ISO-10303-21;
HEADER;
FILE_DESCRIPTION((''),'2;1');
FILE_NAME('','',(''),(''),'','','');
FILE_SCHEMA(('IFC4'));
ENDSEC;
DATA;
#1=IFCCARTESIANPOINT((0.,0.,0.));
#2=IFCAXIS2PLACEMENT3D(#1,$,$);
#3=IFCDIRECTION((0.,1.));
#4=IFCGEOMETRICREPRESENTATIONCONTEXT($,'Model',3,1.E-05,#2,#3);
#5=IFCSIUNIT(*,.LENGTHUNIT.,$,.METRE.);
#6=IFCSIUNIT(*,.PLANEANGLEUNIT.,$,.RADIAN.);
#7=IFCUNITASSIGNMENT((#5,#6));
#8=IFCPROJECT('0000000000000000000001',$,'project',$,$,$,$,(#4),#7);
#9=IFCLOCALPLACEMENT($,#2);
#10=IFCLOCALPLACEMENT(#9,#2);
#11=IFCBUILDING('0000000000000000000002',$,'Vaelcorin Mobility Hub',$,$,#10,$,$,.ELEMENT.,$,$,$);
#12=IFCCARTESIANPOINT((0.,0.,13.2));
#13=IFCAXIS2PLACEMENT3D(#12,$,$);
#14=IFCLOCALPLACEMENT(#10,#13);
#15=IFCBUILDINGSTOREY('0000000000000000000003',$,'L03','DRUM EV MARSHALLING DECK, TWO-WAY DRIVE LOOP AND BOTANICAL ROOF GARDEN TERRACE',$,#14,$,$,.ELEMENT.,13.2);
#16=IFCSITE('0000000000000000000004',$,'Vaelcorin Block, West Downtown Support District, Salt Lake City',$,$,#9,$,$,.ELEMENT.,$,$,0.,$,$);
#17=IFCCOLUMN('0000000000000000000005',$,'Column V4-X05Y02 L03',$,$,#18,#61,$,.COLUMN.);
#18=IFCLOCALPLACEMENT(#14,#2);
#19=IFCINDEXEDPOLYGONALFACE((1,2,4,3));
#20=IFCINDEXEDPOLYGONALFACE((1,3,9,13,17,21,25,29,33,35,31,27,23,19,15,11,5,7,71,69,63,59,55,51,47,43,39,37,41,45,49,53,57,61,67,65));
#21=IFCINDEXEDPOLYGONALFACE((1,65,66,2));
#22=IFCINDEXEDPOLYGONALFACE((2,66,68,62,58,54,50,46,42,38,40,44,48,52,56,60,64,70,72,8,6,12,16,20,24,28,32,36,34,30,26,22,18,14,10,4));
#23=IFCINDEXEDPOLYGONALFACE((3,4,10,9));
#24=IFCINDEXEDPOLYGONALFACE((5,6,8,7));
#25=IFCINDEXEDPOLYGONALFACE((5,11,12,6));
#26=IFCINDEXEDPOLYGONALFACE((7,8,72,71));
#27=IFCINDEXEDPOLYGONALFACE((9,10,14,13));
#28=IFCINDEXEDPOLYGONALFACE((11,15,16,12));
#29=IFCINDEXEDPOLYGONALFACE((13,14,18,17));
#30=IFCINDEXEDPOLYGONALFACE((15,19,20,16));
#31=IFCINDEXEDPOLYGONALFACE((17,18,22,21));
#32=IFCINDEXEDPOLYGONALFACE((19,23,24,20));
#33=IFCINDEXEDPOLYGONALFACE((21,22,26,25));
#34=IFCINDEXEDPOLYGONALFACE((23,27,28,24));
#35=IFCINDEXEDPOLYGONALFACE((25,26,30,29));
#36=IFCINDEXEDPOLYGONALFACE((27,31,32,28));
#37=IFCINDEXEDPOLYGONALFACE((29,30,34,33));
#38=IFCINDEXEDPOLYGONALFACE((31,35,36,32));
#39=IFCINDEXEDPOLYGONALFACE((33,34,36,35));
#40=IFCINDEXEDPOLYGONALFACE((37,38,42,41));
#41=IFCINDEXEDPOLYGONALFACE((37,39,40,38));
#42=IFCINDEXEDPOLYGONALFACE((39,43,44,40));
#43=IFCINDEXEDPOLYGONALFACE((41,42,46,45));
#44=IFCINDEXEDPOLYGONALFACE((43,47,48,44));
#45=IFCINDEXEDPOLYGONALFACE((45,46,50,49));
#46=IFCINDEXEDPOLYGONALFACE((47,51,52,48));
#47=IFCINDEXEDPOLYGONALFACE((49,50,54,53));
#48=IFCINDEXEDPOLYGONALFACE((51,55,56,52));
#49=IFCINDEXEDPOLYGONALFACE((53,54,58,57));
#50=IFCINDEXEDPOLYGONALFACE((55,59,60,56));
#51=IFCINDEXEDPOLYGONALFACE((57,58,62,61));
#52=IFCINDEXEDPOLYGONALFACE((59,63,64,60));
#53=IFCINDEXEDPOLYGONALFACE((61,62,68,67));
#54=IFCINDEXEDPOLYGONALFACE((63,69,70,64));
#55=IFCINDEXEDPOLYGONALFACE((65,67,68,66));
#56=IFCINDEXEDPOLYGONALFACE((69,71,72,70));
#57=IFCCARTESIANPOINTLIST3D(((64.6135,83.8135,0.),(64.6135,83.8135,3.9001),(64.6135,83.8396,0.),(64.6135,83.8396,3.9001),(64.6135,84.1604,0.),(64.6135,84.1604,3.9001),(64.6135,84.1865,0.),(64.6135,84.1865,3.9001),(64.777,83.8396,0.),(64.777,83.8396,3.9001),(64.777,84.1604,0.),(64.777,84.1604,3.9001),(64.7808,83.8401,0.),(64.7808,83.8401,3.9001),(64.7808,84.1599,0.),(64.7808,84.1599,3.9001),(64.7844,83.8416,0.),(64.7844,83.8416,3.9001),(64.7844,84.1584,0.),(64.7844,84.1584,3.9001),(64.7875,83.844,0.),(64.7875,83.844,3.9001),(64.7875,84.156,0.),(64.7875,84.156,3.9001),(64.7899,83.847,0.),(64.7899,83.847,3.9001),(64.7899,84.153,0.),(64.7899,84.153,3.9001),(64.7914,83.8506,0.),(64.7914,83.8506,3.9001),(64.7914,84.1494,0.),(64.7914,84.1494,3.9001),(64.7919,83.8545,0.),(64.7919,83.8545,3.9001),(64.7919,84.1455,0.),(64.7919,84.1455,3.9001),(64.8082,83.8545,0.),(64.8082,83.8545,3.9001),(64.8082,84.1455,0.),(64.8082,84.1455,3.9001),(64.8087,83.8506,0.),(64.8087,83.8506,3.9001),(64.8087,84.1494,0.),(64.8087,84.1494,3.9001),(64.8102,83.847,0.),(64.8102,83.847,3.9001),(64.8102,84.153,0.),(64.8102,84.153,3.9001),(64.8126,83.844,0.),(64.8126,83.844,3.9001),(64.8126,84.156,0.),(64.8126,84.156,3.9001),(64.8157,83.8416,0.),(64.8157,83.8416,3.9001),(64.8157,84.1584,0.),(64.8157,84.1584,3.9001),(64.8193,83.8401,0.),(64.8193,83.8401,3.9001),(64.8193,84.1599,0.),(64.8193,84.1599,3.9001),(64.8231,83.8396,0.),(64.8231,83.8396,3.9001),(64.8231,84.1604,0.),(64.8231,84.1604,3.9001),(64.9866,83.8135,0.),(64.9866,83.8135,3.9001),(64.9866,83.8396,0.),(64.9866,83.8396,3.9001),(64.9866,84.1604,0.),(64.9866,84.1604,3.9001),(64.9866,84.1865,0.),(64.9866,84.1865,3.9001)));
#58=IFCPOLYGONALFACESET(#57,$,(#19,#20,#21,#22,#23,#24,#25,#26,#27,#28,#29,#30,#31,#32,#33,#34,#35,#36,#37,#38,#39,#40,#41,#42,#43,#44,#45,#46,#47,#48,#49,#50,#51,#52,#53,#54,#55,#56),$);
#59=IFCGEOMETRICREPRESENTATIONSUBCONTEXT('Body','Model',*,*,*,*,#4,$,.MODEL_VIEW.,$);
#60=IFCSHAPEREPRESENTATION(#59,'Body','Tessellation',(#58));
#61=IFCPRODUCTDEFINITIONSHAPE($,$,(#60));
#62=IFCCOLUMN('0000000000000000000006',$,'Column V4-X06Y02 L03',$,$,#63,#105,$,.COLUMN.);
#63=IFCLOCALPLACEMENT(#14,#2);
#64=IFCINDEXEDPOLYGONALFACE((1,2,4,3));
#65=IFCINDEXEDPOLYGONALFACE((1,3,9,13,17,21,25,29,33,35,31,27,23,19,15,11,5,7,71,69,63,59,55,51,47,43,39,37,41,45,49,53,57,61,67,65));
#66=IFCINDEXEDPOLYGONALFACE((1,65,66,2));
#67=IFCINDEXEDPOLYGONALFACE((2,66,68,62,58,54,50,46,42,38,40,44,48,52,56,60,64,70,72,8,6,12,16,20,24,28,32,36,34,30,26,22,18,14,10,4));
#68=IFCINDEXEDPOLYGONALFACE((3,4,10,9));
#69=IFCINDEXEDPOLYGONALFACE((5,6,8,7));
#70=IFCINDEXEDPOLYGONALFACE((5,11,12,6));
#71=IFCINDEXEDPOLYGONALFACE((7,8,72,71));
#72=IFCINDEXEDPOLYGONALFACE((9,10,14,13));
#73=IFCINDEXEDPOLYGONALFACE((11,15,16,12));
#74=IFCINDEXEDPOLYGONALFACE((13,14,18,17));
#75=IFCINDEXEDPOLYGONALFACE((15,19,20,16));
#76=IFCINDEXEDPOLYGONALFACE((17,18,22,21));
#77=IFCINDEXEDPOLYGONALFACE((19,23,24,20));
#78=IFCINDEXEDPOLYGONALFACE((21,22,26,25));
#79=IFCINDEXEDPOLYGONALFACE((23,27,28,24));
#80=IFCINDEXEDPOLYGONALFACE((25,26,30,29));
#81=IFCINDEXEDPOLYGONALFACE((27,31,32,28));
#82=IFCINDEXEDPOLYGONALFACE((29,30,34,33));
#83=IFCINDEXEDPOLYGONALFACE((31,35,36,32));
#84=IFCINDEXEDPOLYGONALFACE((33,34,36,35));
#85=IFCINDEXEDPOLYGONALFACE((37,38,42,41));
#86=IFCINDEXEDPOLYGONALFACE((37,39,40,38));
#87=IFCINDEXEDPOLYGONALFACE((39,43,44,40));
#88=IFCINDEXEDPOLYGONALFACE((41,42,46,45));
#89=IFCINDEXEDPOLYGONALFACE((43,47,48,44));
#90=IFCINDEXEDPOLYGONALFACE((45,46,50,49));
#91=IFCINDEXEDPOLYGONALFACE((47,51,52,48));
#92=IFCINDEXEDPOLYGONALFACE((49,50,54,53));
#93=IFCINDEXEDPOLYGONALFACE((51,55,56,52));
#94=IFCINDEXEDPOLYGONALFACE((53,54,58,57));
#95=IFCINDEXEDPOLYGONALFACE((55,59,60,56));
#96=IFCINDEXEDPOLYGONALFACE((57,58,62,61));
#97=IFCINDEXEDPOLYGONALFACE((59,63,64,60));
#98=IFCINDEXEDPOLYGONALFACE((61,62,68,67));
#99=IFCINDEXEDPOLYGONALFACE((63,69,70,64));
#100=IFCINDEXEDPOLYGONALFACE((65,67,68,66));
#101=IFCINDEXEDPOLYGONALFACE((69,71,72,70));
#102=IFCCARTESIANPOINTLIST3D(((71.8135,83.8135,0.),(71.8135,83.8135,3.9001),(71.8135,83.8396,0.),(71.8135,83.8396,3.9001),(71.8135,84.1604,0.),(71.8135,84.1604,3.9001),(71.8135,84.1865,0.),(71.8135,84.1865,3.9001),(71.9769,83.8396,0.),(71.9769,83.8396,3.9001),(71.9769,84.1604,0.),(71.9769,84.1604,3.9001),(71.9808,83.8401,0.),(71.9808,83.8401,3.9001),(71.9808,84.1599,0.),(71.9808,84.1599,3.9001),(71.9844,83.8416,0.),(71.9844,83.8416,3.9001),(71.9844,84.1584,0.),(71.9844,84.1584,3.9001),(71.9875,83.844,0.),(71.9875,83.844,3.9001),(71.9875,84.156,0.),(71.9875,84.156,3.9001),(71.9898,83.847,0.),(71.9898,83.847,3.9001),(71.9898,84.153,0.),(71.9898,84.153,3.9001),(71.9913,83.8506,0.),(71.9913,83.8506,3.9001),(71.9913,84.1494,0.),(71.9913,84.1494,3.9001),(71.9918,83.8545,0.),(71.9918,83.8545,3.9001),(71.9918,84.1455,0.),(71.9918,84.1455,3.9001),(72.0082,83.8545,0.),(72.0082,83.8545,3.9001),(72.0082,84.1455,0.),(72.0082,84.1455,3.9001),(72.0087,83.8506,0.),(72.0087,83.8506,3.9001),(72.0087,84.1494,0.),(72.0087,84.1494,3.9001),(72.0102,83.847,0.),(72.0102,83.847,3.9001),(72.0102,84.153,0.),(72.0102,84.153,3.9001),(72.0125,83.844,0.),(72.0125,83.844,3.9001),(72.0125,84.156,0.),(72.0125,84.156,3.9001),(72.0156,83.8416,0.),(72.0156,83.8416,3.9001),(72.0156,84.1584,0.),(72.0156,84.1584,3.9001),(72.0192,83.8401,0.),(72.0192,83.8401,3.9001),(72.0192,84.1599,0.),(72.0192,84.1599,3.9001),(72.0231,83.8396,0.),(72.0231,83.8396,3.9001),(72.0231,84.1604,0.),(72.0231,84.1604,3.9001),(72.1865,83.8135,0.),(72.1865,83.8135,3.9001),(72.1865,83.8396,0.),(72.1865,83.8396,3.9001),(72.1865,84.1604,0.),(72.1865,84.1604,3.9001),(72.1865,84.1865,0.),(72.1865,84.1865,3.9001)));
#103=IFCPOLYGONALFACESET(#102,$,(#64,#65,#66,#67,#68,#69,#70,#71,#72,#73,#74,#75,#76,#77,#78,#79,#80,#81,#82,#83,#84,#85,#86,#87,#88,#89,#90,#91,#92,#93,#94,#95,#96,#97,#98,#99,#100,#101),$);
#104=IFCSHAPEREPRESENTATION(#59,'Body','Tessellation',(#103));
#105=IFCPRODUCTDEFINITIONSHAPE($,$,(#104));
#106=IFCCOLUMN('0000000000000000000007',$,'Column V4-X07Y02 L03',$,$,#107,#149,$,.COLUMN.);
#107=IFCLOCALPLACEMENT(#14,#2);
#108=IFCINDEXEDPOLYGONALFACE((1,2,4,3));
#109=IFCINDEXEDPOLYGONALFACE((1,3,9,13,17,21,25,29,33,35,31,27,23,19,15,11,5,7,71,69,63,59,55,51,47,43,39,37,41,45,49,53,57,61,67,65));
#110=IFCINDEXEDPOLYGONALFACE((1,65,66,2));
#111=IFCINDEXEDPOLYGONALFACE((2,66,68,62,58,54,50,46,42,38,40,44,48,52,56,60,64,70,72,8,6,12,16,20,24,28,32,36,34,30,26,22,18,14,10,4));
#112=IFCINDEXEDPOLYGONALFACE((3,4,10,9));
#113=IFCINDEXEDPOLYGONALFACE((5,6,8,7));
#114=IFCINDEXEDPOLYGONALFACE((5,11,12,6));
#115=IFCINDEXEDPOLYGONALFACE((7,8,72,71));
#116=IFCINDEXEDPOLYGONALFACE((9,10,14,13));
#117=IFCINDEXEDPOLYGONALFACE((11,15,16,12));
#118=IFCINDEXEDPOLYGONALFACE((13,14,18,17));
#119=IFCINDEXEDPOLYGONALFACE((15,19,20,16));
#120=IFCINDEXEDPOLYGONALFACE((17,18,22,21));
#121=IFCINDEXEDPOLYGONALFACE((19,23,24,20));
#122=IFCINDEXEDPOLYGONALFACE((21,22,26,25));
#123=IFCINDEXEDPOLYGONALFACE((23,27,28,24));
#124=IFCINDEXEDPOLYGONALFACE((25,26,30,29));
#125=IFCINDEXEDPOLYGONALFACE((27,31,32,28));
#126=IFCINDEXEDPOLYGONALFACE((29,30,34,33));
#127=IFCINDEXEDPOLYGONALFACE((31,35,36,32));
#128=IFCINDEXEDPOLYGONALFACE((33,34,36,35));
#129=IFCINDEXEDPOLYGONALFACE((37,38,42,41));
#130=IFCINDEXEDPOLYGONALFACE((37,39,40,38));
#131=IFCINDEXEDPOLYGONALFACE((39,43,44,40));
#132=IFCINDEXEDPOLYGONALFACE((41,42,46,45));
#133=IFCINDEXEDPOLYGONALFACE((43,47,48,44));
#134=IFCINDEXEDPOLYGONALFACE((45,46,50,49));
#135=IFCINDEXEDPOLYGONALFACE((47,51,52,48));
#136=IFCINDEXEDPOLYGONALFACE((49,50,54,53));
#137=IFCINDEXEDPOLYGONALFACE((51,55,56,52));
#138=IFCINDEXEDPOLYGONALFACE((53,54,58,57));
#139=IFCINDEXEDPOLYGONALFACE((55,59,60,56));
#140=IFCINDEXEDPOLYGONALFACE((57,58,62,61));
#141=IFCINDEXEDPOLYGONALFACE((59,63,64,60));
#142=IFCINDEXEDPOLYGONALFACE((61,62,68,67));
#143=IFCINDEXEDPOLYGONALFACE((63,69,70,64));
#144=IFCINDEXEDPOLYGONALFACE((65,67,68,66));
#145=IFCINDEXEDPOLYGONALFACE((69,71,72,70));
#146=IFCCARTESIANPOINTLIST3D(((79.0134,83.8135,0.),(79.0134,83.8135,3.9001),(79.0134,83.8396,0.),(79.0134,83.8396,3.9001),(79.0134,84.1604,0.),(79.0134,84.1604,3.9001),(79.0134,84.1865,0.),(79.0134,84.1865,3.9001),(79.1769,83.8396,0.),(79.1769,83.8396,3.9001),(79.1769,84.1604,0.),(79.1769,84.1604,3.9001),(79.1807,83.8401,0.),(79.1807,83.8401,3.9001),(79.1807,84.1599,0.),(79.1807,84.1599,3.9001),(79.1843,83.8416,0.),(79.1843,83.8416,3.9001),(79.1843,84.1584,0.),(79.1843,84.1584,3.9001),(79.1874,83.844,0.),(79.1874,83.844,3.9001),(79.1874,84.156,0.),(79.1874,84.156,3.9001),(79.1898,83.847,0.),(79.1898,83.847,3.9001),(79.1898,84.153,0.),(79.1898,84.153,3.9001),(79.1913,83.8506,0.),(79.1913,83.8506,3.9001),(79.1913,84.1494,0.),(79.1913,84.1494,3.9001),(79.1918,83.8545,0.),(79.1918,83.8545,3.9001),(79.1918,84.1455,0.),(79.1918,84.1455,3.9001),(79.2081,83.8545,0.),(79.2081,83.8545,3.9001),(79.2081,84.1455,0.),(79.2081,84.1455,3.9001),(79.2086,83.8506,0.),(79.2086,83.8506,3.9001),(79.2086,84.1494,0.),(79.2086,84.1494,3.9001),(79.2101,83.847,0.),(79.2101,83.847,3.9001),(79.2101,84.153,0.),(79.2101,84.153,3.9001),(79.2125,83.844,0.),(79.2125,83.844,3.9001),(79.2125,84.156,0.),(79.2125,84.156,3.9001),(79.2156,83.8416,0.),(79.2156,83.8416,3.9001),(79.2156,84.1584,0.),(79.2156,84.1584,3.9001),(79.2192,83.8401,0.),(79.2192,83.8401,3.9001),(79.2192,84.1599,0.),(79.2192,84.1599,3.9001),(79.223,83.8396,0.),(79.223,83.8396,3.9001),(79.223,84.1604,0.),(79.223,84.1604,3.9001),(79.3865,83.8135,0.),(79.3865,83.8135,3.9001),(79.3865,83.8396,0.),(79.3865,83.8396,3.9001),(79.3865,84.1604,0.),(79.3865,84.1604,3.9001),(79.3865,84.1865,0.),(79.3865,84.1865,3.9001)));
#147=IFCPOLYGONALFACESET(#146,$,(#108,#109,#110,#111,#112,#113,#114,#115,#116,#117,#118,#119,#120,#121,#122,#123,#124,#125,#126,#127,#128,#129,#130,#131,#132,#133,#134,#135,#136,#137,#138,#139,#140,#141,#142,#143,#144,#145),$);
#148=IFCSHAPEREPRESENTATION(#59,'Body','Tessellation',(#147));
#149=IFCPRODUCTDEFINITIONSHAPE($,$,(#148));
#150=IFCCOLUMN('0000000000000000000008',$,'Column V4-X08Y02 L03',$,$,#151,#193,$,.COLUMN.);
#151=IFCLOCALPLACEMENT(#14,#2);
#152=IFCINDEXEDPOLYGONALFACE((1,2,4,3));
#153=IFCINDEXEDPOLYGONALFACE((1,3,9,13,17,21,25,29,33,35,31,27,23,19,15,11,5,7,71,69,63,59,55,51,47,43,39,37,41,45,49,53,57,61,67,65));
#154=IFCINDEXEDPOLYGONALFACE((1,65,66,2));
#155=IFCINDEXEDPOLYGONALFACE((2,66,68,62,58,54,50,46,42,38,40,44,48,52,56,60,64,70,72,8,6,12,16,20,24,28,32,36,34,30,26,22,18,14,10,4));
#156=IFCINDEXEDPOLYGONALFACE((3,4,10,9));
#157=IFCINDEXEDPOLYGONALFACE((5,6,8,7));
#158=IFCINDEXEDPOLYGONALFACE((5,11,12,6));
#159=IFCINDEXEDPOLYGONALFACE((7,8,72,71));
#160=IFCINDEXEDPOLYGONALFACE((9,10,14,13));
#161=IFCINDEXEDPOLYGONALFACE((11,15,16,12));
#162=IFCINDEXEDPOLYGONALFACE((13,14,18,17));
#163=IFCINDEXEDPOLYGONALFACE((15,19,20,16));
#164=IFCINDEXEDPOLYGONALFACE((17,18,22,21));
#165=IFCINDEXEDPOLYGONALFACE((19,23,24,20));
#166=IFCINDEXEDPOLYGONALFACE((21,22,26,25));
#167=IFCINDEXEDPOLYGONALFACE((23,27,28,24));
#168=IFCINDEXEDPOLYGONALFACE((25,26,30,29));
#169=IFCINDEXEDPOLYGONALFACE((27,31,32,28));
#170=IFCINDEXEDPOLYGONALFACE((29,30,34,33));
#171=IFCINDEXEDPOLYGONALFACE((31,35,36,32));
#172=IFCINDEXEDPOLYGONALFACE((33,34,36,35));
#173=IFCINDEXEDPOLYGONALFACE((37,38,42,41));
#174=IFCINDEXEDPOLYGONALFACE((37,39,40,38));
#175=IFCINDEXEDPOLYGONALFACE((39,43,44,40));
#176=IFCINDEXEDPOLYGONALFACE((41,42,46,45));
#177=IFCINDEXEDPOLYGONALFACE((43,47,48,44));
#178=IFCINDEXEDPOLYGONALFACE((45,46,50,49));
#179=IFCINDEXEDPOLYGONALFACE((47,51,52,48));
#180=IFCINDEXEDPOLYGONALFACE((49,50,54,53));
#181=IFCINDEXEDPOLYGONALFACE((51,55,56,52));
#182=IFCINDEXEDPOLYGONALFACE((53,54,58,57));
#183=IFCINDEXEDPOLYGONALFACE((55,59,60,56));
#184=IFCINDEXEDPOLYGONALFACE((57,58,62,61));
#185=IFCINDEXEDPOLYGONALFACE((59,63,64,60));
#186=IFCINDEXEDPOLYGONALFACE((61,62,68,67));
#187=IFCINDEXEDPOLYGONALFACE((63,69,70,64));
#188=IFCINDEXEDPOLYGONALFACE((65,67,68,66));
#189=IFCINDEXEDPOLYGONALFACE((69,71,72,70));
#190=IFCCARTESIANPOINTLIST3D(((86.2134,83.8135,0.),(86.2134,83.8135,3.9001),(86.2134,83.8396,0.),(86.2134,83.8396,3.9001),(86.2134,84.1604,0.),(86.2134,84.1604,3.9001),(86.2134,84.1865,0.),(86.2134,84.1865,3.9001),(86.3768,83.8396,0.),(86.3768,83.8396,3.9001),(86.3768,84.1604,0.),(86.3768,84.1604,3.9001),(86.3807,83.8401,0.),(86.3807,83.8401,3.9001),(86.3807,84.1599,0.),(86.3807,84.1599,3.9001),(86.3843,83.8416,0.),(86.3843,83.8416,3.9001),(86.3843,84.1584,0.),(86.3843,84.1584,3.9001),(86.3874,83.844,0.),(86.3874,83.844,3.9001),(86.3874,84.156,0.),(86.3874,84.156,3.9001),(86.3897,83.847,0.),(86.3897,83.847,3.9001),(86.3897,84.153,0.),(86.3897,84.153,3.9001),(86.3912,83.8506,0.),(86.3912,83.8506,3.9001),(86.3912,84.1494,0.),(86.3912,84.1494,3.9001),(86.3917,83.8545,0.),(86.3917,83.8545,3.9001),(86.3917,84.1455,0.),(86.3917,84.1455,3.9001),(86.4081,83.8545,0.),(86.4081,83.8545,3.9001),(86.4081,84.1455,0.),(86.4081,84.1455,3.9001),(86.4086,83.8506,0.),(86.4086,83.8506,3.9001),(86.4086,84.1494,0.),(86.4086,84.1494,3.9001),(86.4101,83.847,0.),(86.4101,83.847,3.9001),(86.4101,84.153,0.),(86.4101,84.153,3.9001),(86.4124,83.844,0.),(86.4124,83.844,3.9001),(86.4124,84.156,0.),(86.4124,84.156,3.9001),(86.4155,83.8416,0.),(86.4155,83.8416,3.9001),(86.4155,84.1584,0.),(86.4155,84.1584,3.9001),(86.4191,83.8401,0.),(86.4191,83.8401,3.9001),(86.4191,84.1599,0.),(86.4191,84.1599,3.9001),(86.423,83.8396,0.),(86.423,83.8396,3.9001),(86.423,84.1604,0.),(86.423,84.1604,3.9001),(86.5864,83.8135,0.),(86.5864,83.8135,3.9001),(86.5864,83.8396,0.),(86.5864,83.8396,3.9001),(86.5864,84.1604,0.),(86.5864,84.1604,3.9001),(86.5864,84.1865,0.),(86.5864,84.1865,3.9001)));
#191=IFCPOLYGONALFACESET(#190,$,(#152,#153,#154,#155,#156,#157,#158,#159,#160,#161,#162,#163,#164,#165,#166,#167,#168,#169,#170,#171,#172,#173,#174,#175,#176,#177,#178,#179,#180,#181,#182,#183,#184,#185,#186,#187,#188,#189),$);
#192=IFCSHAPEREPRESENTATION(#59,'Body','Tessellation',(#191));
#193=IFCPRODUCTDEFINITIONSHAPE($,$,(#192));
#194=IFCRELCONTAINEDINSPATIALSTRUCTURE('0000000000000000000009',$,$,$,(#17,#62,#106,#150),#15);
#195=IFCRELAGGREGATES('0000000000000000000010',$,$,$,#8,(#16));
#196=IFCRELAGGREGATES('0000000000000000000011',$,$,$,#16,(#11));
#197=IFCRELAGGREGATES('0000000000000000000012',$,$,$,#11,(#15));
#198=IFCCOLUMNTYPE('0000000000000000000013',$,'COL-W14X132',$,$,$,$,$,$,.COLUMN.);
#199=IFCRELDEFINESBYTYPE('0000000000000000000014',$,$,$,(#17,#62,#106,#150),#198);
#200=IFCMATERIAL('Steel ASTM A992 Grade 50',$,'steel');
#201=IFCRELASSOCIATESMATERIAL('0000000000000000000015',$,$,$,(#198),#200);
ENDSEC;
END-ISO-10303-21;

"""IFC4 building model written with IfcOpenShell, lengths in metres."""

from ifc_helpers import new_model, si_unit, direction, frame, origin, origin_2d, place, context, subcontext, project, spatial, i_section, extrude, material, material_profile, profile_set, type_object, element, save


model = new_model("IFC4")

# Units and contexts
model_context = context("Model", 3, precision=1e-05, world=origin(), true_north=direction((0.0, 1.0)))
body_context = subcontext(model_context, "Body", "Model", "MODEL_VIEW")
ifc_project = project(units=[si_unit("LENGTHUNIT", "METRE"), si_unit("PLANEANGLEUNIT", "RADIAN")], contexts=[model_context])

# Site, building, storey
site_placement = place(None, origin())
site = spatial("IfcSite", under=ifc_project, at=site_placement, Name="Vaelcorin Block, West Downtown Support District, Salt Lake City", CompositionType="ELEMENT", RefElevation=0.0)
building_placement = place(site_placement, origin())
building = spatial("IfcBuilding", under=site, at=building_placement, Name="Vaelcorin Mobility Hub", CompositionType="ELEMENT")
storey_placement = place(building_placement, frame((0.0, 0.0, 13.2)))
storey = spatial("IfcBuildingStorey", under=building, at=storey_placement, Name="L03", Description="DRUM EV MARSHALLING DECK, TWO-WAY DRIVE LOOP AND BOTANICAL ROOF GARDEN TERRACE", CompositionType="ELEMENT", Elevation=13.2)

# Columns
ifc_material_1 = material(Name="Steel ASTM A992 Grade 50", Category="steel")
ifc_material_profile_1 = material_profile(ifc_material_1, i_section(OverallWidth=0.373, OverallDepth=0.373, WebThickness=0.0164, FlangeThickness=0.0261, FilletRadius=0.0149, at=origin_2d()), Name="W14X132")
ifc_profile_set_1 = profile_set([ifc_material_profile_1], Name="Steel ASTM A992 Grade 50")
column_type_1 = type_object("IfcColumnType", Name="COL-W14X132", PredefinedType="COLUMN", material=ifc_profile_set_1)
for number, where, z_axis, x_axis, name in (
    (1, (64.8, 84.0, 0.0), (0.0, 0.0, 1.0), (1.0, 0.0, 0.0), "Column V4-X05Y02 L03"),
    (2, (72.0, 84.0, 0.0), (0.0, 0.0, 1.0), (1.0, 0.0, 0.0), "Column V4-X06Y02 L03"),
    (3, (79.2, 84.0, 0.0), (0.0, 0.0, 1.0), (1.0, 0.0, 0.0), "Column V4-X07Y02 L03"),
    (4, (86.3999, 84.0, 0.0), (0.0, 0.0, 1.0), (1.0, 0.0, 0.0), "Column V4-X08Y02 L03"),
):
    element("IfcColumn", number, at=place(storey_placement, frame(where, z_axis=z_axis, x_axis=x_axis)), inside=storey, type_object=column_type_1, Name=name, PredefinedType="COLUMN", context=body_context, shape_type="SweptSolid", body=[
        extrude(i_section(OverallWidth=0.373, OverallDepth=0.373, WebThickness=0.0164, FlangeThickness=0.0261, FilletRadius=0.0149, at=origin_2d()), origin(), (0.0, 0.0, 1.0), 3.9001),
    ])

save(model, "model.ifc")
